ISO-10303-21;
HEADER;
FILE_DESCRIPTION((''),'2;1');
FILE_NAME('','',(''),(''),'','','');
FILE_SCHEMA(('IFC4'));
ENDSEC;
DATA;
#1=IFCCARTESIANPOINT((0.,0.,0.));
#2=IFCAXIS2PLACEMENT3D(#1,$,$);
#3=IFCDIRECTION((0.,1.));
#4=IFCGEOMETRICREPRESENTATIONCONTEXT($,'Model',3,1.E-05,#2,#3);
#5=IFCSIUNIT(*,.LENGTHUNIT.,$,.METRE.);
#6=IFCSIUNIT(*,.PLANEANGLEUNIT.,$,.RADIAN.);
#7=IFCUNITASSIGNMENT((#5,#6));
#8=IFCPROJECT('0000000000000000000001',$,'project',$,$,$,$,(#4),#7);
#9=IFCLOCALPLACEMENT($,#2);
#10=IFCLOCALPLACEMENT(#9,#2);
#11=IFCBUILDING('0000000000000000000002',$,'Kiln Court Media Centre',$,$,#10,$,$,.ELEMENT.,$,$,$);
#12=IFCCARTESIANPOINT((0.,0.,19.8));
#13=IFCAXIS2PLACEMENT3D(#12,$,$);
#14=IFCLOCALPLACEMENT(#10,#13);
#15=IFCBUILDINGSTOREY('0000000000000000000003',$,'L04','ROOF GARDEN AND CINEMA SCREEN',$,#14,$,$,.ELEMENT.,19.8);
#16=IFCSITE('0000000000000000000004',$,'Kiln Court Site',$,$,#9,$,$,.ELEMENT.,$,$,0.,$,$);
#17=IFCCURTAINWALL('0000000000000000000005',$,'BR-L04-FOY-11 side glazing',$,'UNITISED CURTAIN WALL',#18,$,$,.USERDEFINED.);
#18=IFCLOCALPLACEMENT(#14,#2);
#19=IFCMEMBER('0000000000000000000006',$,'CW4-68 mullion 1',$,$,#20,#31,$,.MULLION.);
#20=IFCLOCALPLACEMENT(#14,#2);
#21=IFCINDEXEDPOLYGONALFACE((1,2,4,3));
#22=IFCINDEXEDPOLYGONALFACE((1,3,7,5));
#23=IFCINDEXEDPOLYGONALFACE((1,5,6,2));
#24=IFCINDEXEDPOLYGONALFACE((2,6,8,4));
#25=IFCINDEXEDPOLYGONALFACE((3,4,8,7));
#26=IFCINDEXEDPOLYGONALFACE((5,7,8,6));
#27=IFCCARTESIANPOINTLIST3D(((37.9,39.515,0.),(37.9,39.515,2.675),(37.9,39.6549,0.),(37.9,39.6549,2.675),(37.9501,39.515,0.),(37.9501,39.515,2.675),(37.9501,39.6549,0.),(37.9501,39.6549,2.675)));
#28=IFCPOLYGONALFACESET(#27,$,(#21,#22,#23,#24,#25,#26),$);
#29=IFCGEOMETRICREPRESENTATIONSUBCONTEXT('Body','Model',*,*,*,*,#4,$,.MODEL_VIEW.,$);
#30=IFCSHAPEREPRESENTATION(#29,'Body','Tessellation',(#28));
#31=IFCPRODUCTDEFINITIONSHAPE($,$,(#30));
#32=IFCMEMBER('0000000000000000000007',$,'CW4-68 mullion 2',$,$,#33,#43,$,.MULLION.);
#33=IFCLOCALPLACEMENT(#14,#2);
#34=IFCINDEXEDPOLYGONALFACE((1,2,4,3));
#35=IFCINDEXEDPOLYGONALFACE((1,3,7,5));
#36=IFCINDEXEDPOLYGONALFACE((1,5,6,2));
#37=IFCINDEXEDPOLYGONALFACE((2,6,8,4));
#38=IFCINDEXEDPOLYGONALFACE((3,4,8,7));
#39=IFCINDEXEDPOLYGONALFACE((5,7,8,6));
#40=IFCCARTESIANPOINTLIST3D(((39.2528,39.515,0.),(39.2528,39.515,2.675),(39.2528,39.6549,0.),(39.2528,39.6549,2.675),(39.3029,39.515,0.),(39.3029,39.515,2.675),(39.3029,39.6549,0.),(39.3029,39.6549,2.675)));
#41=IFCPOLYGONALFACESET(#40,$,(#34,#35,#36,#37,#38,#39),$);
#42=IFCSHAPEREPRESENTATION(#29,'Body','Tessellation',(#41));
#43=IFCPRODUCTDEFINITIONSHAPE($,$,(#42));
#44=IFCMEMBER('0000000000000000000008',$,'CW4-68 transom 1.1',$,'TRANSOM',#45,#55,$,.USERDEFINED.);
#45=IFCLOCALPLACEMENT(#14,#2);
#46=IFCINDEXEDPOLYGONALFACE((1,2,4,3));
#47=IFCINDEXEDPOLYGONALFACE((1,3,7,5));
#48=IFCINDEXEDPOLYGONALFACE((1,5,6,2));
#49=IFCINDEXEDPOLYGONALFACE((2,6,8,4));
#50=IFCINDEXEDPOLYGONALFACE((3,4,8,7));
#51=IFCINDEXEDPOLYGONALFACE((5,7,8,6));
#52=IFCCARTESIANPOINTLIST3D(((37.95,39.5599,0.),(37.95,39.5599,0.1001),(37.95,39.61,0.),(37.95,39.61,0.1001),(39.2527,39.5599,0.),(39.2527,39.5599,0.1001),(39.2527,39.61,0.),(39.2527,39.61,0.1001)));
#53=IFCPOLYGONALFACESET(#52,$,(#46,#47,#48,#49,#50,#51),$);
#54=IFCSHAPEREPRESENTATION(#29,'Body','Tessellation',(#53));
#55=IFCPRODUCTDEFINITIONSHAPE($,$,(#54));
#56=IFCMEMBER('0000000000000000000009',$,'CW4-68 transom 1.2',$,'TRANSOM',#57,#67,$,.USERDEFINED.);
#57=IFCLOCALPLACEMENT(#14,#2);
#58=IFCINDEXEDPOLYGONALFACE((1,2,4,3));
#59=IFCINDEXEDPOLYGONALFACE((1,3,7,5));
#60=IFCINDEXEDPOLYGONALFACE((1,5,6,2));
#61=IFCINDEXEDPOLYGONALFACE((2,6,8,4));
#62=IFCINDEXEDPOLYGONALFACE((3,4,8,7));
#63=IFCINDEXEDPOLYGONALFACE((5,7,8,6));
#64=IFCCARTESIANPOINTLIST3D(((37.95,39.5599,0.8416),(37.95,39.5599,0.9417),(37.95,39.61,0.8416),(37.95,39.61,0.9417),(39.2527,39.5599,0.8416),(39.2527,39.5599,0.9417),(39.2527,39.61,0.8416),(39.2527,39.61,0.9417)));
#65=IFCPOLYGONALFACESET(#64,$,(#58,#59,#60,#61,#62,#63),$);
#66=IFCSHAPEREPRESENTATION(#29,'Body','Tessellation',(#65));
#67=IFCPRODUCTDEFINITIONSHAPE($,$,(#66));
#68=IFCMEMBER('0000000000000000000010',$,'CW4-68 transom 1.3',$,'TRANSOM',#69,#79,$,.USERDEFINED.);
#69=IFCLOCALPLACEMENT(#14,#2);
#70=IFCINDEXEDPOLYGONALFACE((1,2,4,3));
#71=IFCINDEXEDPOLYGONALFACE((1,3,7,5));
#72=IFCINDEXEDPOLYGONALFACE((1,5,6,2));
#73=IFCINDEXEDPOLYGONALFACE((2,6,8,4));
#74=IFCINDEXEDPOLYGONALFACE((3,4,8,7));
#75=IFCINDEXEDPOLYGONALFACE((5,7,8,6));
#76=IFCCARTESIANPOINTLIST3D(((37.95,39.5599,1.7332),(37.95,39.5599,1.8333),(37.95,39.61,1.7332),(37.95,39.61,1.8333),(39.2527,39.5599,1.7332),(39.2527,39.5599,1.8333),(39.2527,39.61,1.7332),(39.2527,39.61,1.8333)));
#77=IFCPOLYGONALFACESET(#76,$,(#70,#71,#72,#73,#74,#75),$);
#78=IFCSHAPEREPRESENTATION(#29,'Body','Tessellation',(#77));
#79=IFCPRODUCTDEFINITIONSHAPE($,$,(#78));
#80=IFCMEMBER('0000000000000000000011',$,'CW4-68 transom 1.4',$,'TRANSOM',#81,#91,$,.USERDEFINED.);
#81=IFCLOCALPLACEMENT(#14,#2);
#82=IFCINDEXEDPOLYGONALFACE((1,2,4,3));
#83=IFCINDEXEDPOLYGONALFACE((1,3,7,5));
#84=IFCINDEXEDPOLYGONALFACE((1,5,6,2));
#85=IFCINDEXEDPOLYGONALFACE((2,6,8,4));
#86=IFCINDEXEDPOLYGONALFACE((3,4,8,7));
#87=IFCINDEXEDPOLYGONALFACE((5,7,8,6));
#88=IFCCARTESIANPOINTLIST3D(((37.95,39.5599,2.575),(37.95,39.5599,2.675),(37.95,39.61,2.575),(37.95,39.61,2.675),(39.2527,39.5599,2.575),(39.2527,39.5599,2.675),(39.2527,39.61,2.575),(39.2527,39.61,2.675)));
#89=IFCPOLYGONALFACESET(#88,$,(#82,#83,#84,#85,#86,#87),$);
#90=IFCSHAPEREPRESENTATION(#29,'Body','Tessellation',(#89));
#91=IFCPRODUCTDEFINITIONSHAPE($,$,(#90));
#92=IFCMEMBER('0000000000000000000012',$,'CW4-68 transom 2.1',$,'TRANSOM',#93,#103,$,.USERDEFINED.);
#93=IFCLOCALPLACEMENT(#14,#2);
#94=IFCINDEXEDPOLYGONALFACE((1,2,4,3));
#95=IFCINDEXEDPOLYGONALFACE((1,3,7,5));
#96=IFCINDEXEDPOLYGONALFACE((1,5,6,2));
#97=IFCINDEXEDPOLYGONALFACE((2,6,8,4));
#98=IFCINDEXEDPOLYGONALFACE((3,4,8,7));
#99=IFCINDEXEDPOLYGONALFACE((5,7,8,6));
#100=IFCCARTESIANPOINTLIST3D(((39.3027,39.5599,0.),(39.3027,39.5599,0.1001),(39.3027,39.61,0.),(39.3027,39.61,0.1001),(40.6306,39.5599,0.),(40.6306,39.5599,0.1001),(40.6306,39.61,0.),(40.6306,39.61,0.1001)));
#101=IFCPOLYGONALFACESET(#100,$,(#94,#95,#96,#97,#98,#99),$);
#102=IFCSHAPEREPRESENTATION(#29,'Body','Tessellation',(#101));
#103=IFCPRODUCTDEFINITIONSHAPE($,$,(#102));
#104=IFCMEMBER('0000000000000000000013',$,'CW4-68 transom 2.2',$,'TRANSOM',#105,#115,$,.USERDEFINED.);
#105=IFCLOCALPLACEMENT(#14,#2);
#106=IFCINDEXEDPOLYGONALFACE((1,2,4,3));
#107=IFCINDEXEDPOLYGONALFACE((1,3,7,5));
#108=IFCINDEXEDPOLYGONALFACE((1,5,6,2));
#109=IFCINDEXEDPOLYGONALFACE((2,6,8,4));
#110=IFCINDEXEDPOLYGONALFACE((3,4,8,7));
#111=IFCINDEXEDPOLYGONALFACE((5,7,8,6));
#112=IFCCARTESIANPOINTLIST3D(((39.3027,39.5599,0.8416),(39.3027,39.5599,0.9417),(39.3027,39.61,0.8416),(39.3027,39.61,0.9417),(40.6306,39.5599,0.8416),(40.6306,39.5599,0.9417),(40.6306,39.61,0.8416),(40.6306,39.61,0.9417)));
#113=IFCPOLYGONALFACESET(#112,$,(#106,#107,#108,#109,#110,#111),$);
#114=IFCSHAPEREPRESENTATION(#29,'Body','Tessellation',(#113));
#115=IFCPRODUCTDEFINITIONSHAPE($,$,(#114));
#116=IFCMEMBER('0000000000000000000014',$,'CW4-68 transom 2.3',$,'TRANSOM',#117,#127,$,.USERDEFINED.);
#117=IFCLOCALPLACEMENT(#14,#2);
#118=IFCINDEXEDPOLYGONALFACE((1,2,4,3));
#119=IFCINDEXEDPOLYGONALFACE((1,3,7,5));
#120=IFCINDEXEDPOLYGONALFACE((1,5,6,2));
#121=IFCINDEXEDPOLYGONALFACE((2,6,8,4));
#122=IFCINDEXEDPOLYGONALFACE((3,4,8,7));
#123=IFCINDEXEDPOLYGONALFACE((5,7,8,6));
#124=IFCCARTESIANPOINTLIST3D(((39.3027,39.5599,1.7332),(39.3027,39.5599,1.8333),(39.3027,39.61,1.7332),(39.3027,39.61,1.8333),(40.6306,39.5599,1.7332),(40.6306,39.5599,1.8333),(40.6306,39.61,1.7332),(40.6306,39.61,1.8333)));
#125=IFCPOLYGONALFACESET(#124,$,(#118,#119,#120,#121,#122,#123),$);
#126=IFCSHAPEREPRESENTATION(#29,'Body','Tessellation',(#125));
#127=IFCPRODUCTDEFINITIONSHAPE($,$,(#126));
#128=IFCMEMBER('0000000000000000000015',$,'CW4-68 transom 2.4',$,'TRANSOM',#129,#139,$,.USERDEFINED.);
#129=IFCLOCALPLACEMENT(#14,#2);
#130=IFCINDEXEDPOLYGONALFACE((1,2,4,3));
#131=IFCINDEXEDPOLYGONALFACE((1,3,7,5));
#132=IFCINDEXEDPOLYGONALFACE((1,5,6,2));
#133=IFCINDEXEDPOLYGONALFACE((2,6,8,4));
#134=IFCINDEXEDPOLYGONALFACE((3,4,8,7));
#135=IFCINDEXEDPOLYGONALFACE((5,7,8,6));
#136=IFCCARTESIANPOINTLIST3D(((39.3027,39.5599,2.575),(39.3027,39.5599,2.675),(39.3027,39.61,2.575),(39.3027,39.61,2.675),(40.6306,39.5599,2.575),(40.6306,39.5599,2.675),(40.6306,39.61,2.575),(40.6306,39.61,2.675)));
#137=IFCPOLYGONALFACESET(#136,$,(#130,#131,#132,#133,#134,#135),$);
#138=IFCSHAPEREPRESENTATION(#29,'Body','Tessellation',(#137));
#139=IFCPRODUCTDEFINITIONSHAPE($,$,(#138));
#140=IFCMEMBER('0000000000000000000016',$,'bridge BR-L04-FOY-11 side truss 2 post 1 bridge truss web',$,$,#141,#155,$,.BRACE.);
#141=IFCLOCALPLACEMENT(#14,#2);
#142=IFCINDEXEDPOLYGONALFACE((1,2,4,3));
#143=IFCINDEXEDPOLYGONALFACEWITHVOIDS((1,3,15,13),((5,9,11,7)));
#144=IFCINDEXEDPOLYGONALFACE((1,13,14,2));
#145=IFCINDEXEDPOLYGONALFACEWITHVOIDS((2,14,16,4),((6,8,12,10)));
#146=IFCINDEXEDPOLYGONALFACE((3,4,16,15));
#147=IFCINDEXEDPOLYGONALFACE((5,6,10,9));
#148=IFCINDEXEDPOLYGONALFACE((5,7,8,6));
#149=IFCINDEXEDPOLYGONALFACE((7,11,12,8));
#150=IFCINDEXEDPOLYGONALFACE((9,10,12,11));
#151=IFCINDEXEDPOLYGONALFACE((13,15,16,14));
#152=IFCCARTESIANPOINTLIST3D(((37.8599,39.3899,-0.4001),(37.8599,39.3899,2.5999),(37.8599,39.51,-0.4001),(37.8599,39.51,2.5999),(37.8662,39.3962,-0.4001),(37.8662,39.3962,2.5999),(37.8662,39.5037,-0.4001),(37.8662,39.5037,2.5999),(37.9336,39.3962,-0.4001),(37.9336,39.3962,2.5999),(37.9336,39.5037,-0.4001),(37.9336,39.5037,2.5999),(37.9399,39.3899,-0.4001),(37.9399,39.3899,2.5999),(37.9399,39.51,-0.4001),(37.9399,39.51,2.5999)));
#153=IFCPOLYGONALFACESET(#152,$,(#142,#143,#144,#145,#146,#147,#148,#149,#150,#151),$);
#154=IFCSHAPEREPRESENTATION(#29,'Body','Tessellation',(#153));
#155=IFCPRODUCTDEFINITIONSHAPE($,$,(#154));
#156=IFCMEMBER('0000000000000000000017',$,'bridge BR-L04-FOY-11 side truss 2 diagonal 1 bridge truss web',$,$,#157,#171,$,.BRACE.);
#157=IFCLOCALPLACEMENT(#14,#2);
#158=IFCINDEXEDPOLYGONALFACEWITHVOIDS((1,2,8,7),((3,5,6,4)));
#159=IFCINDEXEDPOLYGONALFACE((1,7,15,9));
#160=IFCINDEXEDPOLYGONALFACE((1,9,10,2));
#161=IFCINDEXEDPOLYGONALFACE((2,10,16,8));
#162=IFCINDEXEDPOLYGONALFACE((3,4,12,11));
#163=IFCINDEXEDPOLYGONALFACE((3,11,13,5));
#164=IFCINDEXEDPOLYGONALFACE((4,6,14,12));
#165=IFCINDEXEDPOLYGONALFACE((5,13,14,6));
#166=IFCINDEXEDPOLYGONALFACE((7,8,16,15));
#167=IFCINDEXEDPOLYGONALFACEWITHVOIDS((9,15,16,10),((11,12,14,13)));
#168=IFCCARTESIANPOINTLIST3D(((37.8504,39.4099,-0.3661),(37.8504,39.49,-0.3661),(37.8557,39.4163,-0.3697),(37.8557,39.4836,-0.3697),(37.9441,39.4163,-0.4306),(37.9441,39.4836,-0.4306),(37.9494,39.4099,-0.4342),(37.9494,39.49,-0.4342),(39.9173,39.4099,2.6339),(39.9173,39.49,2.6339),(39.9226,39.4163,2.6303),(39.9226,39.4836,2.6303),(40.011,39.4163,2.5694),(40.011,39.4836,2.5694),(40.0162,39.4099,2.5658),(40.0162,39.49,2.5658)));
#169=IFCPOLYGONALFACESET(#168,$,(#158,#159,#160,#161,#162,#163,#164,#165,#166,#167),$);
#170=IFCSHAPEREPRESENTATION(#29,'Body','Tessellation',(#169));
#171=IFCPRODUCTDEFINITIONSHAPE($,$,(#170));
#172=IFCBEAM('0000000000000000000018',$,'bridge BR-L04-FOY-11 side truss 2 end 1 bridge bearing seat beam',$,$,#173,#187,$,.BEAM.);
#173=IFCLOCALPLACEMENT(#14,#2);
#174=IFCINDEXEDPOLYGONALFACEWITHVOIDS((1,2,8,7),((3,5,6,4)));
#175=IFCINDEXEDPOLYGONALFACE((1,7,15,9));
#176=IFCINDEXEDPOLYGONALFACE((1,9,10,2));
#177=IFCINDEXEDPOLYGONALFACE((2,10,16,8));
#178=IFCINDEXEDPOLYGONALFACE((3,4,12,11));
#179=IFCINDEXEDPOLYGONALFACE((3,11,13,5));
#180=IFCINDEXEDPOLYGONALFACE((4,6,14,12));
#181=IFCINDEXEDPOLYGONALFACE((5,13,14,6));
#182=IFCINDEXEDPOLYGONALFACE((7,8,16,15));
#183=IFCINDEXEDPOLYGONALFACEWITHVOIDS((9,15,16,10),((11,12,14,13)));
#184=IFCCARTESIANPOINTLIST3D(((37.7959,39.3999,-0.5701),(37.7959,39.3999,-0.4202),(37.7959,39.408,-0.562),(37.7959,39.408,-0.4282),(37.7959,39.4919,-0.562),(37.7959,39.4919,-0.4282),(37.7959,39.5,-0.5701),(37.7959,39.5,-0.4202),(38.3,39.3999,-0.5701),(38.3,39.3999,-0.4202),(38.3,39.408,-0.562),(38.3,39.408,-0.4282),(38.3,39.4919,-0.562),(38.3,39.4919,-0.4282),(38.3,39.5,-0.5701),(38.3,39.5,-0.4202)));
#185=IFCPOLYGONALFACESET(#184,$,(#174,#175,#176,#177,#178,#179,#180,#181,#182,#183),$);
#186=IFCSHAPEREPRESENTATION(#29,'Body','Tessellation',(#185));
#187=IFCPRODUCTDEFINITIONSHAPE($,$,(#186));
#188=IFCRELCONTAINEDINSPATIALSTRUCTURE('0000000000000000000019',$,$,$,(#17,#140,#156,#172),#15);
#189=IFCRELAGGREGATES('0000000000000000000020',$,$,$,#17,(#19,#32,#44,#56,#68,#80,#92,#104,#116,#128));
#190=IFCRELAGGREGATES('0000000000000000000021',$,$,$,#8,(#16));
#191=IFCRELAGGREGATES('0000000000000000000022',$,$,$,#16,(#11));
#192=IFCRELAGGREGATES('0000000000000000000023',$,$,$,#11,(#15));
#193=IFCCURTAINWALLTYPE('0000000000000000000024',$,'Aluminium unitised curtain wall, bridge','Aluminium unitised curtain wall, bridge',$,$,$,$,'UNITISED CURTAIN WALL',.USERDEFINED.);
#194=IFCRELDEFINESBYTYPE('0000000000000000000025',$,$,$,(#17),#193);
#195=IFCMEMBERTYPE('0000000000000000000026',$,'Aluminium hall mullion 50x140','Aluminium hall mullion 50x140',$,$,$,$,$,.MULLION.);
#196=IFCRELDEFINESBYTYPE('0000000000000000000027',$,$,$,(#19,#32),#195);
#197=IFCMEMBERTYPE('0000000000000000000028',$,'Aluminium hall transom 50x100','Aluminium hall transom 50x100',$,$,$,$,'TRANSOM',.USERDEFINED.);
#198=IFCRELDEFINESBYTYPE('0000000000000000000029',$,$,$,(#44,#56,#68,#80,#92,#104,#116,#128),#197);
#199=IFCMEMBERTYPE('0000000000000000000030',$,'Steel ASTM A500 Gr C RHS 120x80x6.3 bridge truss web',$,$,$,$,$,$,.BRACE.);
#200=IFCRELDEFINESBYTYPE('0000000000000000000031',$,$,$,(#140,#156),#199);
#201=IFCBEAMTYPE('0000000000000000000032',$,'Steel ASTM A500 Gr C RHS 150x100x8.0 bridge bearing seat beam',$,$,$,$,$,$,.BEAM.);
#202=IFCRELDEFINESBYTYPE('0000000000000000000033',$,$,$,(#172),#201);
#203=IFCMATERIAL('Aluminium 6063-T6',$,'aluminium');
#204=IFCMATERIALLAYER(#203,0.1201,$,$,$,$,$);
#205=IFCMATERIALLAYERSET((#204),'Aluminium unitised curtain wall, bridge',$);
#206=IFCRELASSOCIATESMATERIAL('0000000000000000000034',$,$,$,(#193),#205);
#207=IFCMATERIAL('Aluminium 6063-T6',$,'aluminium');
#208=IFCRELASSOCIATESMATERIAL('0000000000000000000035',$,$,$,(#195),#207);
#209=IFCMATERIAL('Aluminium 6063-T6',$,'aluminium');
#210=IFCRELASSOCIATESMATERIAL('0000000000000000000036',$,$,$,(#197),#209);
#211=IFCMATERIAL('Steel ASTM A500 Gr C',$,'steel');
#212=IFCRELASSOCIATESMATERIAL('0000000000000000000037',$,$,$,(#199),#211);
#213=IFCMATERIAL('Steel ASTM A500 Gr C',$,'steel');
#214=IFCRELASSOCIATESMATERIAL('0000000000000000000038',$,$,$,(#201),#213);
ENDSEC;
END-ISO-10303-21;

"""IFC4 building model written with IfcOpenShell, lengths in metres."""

from ifc_helpers import new_model, si_unit, direction, frame, origin, origin_2d, place, context, subcontext, project, spatial, rectangle, hollow_rectangle, extrude, material, layer, layer_set, material_profile, profile_set, type_object, element, aggregate, save


model = new_model("IFC4")

# Units and contexts
model_context = context("Model", 3, precision=1e-05, world=origin(), true_north=direction((0.0, 1.0)))
body_context = subcontext(model_context, "Body", "Model", "MODEL_VIEW")
ifc_project = project(units=[si_unit("LENGTHUNIT", "METRE"), si_unit("PLANEANGLEUNIT", "RADIAN")], contexts=[model_context])

# Site, building, storey
site_placement = place(None, origin())
site = spatial("IfcSite", under=ifc_project, at=site_placement, Name="Kiln Court Site", CompositionType="ELEMENT", RefElevation=0.0)
building_placement = place(site_placement, origin())
building = spatial("IfcBuilding", under=site, at=building_placement, Name="Kiln Court Media Centre", CompositionType="ELEMENT")
storey_placement = place(building_placement, frame((0.0, 0.0, 19.8)))
storey = spatial("IfcBuildingStorey", under=building, at=storey_placement, Name="L04", Description="ROOF GARDEN AND CINEMA SCREEN", CompositionType="ELEMENT", Elevation=19.8)

# Curtain wall, members
ifc_material_1 = material(Name="Aluminium 6063-T6", Category="aluminium")
ifc_layer_1 = layer(ifc_material_1, 0.1201)
ifc_layer_set_1 = layer_set([ifc_layer_1], Name="Aluminium unitised curtain wall, bridge")
curtain_wall_type = type_object("IfcCurtainWallType", Name="Aluminium unitised curtain wall, bridge", Description="Aluminium unitised curtain wall, bridge", ElementType="UNITISED CURTAIN WALL", PredefinedType="USERDEFINED", material=ifc_layer_set_1)
curtain_wall_placement = place(storey_placement, origin())
curtain_wall = element("IfcCurtainWall", 1, at=curtain_wall_placement, inside=storey, type_object=curtain_wall_type, Name="BR-L04-FOY-11 side glazing", ObjectType="UNITISED CURTAIN WALL", PredefinedType="USERDEFINED")
ifc_material_2 = material(Name="Aluminium 6063-T6", Category="aluminium")
ifc_material_profile_1 = material_profile(ifc_material_2, rectangle(XDim=0.05, YDim=0.1399, at=origin_2d()), Name="Aluminium hall mullion 50x140")
ifc_profile_set_1 = profile_set([ifc_material_profile_1], Name="Aluminium 6063-T6")
member_type_1 = type_object("IfcMemberType", Name="Aluminium hall mullion 50x140", Description="Aluminium hall mullion 50x140", PredefinedType="MULLION", material=ifc_profile_set_1)
member_1_placement = place(storey_placement, frame((37.925, 39.585, 0.0), z_axis=(0.0, 0.0, 1.0), x_axis=(1.0, 0.0, 0.0)))
member_1 = element("IfcMember", 2, at=member_1_placement, type_object=member_type_1, Name="CW4-68 mullion 1", PredefinedType="MULLION", context=body_context, shape_type="SweptSolid", body=[
    extrude(rectangle(XDim=0.05, YDim=0.1399, at=origin_2d()), origin(), (0.0, 0.0, 1.0), 2.675),
])
member_2_placement = place(storey_placement, frame((39.2778, 39.585, 0.0), z_axis=(0.0, 0.0, 1.0), x_axis=(1.0, 0.0, 0.0)))
member_2 = element("IfcMember", 3, at=member_2_placement, type_object=member_type_1, Name="CW4-68 mullion 2", PredefinedType="MULLION", context=body_context, shape_type="SweptSolid", body=[
    extrude(rectangle(XDim=0.05, YDim=0.1399, at=origin_2d()), origin(), (0.0, 0.0, 1.0), 2.675),
])
ifc_material_3 = material(Name="Aluminium 6063-T6", Category="aluminium")
ifc_material_profile_2 = material_profile(ifc_material_3, rectangle(XDim=0.05, YDim=0.1001, at=origin_2d()), Name="Aluminium hall transom 50x100")
ifc_profile_set_2 = profile_set([ifc_material_profile_2], Name="Aluminium 6063-T6")
member_type_2 = type_object("IfcMemberType", Name="Aluminium hall transom 50x100", Description="Aluminium hall transom 50x100", ElementType="TRANSOM", PredefinedType="USERDEFINED", material=ifc_profile_set_2)
member_3_placement = place(storey_placement, frame((37.95, 39.585, 0.05), z_axis=(1.0, 0.0, 0.0), x_axis=(0.0, 1.0, 0.0)))
member_3 = element("IfcMember", 4, at=member_3_placement, type_object=member_type_2, Name="CW4-68 transom 1.1", ObjectType="TRANSOM", PredefinedType="USERDEFINED", context=body_context, shape_type="SweptSolid", body=[
    extrude(rectangle(XDim=0.05, YDim=0.1001, at=origin_2d()), origin(), (0.0, 0.0, 1.0), 1.3027),
])
member_4_placement = place(storey_placement, frame((37.95, 39.585, 0.8916), z_axis=(1.0, 0.0, 0.0), x_axis=(0.0, 1.0, 0.0)))
member_4 = element("IfcMember", 5, at=member_4_placement, type_object=member_type_2, Name="CW4-68 transom 1.2", ObjectType="TRANSOM", PredefinedType="USERDEFINED", context=body_context, shape_type="SweptSolid", body=[
    extrude(rectangle(XDim=0.05, YDim=0.1001, at=origin_2d()), origin(), (0.0, 0.0, 1.0), 1.3027),
])
member_5_placement = place(storey_placement, frame((37.95, 39.585, 1.7832), z_axis=(1.0, 0.0, 0.0), x_axis=(0.0, 1.0, 0.0)))
member_5 = element("IfcMember", 6, at=member_5_placement, type_object=member_type_2, Name="CW4-68 transom 1.3", ObjectType="TRANSOM", PredefinedType="USERDEFINED", context=body_context, shape_type="SweptSolid", body=[
    extrude(rectangle(XDim=0.05, YDim=0.1001, at=origin_2d()), origin(), (0.0, 0.0, 1.0), 1.3027),
])
member_6_placement = place(storey_placement, frame((37.95, 39.585, 2.625), z_axis=(1.0, 0.0, 0.0), x_axis=(0.0, 1.0, 0.0)))
member_6 = element("IfcMember", 7, at=member_6_placement, type_object=member_type_2, Name="CW4-68 transom 1.4", ObjectType="TRANSOM", PredefinedType="USERDEFINED", context=body_context, shape_type="SweptSolid", body=[
    extrude(rectangle(XDim=0.05, YDim=0.1001, at=origin_2d()), origin(), (0.0, 0.0, 1.0), 1.3027),
])
member_7_placement = place(storey_placement, frame((39.3027, 39.585, 0.05), z_axis=(1.0, 0.0, 0.0), x_axis=(0.0, 1.0, 0.0)))
member_7 = element("IfcMember", 8, at=member_7_placement, type_object=member_type_2, Name="CW4-68 transom 2.1", ObjectType="TRANSOM", PredefinedType="USERDEFINED", context=body_context, shape_type="SweptSolid", body=[
    extrude(rectangle(XDim=0.05, YDim=0.1001, at=origin_2d()), origin(), (0.0, 0.0, 1.0), 1.3279),
])
member_8_placement = place(storey_placement, frame((39.3027, 39.585, 0.8916), z_axis=(1.0, 0.0, 0.0), x_axis=(0.0, 1.0, 0.0)))
member_8 = element("IfcMember", 9, at=member_8_placement, type_object=member_type_2, Name="CW4-68 transom 2.2", ObjectType="TRANSOM", PredefinedType="USERDEFINED", context=body_context, shape_type="SweptSolid", body=[
    extrude(rectangle(XDim=0.05, YDim=0.1001, at=origin_2d()), origin(), (0.0, 0.0, 1.0), 1.3279),
])
member_9_placement = place(storey_placement, frame((39.3027, 39.585, 1.7832), z_axis=(1.0, 0.0, 0.0), x_axis=(0.0, 1.0, 0.0)))
member_9 = element("IfcMember", 10, at=member_9_placement, type_object=member_type_2, Name="CW4-68 transom 2.3", ObjectType="TRANSOM", PredefinedType="USERDEFINED", context=body_context, shape_type="SweptSolid", body=[
    extrude(rectangle(XDim=0.05, YDim=0.1001, at=origin_2d()), origin(), (0.0, 0.0, 1.0), 1.3279),
])
member_10_placement = place(storey_placement, frame((39.3027, 39.585, 2.625), z_axis=(1.0, 0.0, 0.0), x_axis=(0.0, 1.0, 0.0)))
member_10 = element("IfcMember", 11, at=member_10_placement, type_object=member_type_2, Name="CW4-68 transom 2.4", ObjectType="TRANSOM", PredefinedType="USERDEFINED", context=body_context, shape_type="SweptSolid", body=[
    extrude(rectangle(XDim=0.05, YDim=0.1001, at=origin_2d()), origin(), (0.0, 0.0, 1.0), 1.3279),
])

# Members
ifc_material_4 = material(Name="Steel ASTM A500 Gr C", Category="steel")
ifc_material_profile_3 = material_profile(ifc_material_4, hollow_rectangle(XDim=0.0801, YDim=0.1201, WallThickness=0.0063, at=origin_2d()), Name="RHS 120x80x6.3")
ifc_profile_set_3 = profile_set([ifc_material_profile_3], Name="Steel ASTM A500 Gr C")
member_type_3 = type_object("IfcMemberType", Name="Steel ASTM A500 Gr C RHS 120x80x6.3 bridge truss web", PredefinedType="BRACE", material=ifc_profile_set_3)
member_11_placement = place(storey_placement, frame((37.8999, 39.45, -0.4001), z_axis=(0.0, 0.0, 1.0), x_axis=(1.0, 0.0, 0.0)))
element("IfcMember", 12, at=member_11_placement, inside=storey, type_object=member_type_3, Name="bridge BR-L04-FOY-11 side truss 2 post 1 bridge truss web", PredefinedType="BRACE", context=body_context, shape_type="SweptSolid", body=[
    extrude(hollow_rectangle(XDim=0.0801, YDim=0.1201, WallThickness=0.0063, at=origin_2d()), origin(), (0.0, 0.0, 1.0), 3.0),
])
member_12_placement = place(storey_placement, frame((37.8999, 39.45, -0.4001), z_axis=(0.567348, 0.0, 0.823478), x_axis=(0.0, 1.0, 0.0)))
element("IfcMember", 13, at=member_12_placement, inside=storey, type_object=member_type_3, Name="bridge BR-L04-FOY-11 side truss 2 diagonal 1 bridge truss web", PredefinedType="BRACE", context=body_context, shape_type="SweptSolid", body=[
    extrude(hollow_rectangle(XDim=0.0801, YDim=0.1201, WallThickness=0.0063, at=origin_2d()), origin(), (0.0, 0.0, 1.0), 3.6431),
])

# Beam
ifc_material_5 = material(Name="Steel ASTM A500 Gr C", Category="steel")
ifc_material_profile_4 = material_profile(ifc_material_5, hollow_rectangle(XDim=0.1001, YDim=0.1499, WallThickness=0.0081, at=origin_2d()), Name="RHS 150x100x8.0")
ifc_profile_set_4 = profile_set([ifc_material_profile_4], Name="Steel ASTM A500 Gr C")
beam_type_1 = type_object("IfcBeamType", Name="Steel ASTM A500 Gr C RHS 150x100x8.0 bridge bearing seat beam", PredefinedType="BEAM", material=ifc_profile_set_4)
beam_1_placement = place(storey_placement, frame((37.7959, 39.45, -0.4951), z_axis=(1.0, 0.0, 0.0), x_axis=(0.0, 1.0, 0.0)))
element("IfcBeam", 14, at=beam_1_placement, inside=storey, type_object=beam_type_1, Name="bridge BR-L04-FOY-11 side truss 2 end 1 bridge bearing seat beam", PredefinedType="BEAM", context=body_context, shape_type="SweptSolid", body=[
    extrude(hollow_rectangle(XDim=0.1001, YDim=0.1499, WallThickness=0.0081, at=origin_2d()), origin(), (0.0, 0.0, 1.0), 0.5042),
])

aggregate(curtain_wall, [member_1, member_2, member_3, member_4, member_5, member_6, member_7, member_8, member_9, member_10])

save(model, "model.ifc")
